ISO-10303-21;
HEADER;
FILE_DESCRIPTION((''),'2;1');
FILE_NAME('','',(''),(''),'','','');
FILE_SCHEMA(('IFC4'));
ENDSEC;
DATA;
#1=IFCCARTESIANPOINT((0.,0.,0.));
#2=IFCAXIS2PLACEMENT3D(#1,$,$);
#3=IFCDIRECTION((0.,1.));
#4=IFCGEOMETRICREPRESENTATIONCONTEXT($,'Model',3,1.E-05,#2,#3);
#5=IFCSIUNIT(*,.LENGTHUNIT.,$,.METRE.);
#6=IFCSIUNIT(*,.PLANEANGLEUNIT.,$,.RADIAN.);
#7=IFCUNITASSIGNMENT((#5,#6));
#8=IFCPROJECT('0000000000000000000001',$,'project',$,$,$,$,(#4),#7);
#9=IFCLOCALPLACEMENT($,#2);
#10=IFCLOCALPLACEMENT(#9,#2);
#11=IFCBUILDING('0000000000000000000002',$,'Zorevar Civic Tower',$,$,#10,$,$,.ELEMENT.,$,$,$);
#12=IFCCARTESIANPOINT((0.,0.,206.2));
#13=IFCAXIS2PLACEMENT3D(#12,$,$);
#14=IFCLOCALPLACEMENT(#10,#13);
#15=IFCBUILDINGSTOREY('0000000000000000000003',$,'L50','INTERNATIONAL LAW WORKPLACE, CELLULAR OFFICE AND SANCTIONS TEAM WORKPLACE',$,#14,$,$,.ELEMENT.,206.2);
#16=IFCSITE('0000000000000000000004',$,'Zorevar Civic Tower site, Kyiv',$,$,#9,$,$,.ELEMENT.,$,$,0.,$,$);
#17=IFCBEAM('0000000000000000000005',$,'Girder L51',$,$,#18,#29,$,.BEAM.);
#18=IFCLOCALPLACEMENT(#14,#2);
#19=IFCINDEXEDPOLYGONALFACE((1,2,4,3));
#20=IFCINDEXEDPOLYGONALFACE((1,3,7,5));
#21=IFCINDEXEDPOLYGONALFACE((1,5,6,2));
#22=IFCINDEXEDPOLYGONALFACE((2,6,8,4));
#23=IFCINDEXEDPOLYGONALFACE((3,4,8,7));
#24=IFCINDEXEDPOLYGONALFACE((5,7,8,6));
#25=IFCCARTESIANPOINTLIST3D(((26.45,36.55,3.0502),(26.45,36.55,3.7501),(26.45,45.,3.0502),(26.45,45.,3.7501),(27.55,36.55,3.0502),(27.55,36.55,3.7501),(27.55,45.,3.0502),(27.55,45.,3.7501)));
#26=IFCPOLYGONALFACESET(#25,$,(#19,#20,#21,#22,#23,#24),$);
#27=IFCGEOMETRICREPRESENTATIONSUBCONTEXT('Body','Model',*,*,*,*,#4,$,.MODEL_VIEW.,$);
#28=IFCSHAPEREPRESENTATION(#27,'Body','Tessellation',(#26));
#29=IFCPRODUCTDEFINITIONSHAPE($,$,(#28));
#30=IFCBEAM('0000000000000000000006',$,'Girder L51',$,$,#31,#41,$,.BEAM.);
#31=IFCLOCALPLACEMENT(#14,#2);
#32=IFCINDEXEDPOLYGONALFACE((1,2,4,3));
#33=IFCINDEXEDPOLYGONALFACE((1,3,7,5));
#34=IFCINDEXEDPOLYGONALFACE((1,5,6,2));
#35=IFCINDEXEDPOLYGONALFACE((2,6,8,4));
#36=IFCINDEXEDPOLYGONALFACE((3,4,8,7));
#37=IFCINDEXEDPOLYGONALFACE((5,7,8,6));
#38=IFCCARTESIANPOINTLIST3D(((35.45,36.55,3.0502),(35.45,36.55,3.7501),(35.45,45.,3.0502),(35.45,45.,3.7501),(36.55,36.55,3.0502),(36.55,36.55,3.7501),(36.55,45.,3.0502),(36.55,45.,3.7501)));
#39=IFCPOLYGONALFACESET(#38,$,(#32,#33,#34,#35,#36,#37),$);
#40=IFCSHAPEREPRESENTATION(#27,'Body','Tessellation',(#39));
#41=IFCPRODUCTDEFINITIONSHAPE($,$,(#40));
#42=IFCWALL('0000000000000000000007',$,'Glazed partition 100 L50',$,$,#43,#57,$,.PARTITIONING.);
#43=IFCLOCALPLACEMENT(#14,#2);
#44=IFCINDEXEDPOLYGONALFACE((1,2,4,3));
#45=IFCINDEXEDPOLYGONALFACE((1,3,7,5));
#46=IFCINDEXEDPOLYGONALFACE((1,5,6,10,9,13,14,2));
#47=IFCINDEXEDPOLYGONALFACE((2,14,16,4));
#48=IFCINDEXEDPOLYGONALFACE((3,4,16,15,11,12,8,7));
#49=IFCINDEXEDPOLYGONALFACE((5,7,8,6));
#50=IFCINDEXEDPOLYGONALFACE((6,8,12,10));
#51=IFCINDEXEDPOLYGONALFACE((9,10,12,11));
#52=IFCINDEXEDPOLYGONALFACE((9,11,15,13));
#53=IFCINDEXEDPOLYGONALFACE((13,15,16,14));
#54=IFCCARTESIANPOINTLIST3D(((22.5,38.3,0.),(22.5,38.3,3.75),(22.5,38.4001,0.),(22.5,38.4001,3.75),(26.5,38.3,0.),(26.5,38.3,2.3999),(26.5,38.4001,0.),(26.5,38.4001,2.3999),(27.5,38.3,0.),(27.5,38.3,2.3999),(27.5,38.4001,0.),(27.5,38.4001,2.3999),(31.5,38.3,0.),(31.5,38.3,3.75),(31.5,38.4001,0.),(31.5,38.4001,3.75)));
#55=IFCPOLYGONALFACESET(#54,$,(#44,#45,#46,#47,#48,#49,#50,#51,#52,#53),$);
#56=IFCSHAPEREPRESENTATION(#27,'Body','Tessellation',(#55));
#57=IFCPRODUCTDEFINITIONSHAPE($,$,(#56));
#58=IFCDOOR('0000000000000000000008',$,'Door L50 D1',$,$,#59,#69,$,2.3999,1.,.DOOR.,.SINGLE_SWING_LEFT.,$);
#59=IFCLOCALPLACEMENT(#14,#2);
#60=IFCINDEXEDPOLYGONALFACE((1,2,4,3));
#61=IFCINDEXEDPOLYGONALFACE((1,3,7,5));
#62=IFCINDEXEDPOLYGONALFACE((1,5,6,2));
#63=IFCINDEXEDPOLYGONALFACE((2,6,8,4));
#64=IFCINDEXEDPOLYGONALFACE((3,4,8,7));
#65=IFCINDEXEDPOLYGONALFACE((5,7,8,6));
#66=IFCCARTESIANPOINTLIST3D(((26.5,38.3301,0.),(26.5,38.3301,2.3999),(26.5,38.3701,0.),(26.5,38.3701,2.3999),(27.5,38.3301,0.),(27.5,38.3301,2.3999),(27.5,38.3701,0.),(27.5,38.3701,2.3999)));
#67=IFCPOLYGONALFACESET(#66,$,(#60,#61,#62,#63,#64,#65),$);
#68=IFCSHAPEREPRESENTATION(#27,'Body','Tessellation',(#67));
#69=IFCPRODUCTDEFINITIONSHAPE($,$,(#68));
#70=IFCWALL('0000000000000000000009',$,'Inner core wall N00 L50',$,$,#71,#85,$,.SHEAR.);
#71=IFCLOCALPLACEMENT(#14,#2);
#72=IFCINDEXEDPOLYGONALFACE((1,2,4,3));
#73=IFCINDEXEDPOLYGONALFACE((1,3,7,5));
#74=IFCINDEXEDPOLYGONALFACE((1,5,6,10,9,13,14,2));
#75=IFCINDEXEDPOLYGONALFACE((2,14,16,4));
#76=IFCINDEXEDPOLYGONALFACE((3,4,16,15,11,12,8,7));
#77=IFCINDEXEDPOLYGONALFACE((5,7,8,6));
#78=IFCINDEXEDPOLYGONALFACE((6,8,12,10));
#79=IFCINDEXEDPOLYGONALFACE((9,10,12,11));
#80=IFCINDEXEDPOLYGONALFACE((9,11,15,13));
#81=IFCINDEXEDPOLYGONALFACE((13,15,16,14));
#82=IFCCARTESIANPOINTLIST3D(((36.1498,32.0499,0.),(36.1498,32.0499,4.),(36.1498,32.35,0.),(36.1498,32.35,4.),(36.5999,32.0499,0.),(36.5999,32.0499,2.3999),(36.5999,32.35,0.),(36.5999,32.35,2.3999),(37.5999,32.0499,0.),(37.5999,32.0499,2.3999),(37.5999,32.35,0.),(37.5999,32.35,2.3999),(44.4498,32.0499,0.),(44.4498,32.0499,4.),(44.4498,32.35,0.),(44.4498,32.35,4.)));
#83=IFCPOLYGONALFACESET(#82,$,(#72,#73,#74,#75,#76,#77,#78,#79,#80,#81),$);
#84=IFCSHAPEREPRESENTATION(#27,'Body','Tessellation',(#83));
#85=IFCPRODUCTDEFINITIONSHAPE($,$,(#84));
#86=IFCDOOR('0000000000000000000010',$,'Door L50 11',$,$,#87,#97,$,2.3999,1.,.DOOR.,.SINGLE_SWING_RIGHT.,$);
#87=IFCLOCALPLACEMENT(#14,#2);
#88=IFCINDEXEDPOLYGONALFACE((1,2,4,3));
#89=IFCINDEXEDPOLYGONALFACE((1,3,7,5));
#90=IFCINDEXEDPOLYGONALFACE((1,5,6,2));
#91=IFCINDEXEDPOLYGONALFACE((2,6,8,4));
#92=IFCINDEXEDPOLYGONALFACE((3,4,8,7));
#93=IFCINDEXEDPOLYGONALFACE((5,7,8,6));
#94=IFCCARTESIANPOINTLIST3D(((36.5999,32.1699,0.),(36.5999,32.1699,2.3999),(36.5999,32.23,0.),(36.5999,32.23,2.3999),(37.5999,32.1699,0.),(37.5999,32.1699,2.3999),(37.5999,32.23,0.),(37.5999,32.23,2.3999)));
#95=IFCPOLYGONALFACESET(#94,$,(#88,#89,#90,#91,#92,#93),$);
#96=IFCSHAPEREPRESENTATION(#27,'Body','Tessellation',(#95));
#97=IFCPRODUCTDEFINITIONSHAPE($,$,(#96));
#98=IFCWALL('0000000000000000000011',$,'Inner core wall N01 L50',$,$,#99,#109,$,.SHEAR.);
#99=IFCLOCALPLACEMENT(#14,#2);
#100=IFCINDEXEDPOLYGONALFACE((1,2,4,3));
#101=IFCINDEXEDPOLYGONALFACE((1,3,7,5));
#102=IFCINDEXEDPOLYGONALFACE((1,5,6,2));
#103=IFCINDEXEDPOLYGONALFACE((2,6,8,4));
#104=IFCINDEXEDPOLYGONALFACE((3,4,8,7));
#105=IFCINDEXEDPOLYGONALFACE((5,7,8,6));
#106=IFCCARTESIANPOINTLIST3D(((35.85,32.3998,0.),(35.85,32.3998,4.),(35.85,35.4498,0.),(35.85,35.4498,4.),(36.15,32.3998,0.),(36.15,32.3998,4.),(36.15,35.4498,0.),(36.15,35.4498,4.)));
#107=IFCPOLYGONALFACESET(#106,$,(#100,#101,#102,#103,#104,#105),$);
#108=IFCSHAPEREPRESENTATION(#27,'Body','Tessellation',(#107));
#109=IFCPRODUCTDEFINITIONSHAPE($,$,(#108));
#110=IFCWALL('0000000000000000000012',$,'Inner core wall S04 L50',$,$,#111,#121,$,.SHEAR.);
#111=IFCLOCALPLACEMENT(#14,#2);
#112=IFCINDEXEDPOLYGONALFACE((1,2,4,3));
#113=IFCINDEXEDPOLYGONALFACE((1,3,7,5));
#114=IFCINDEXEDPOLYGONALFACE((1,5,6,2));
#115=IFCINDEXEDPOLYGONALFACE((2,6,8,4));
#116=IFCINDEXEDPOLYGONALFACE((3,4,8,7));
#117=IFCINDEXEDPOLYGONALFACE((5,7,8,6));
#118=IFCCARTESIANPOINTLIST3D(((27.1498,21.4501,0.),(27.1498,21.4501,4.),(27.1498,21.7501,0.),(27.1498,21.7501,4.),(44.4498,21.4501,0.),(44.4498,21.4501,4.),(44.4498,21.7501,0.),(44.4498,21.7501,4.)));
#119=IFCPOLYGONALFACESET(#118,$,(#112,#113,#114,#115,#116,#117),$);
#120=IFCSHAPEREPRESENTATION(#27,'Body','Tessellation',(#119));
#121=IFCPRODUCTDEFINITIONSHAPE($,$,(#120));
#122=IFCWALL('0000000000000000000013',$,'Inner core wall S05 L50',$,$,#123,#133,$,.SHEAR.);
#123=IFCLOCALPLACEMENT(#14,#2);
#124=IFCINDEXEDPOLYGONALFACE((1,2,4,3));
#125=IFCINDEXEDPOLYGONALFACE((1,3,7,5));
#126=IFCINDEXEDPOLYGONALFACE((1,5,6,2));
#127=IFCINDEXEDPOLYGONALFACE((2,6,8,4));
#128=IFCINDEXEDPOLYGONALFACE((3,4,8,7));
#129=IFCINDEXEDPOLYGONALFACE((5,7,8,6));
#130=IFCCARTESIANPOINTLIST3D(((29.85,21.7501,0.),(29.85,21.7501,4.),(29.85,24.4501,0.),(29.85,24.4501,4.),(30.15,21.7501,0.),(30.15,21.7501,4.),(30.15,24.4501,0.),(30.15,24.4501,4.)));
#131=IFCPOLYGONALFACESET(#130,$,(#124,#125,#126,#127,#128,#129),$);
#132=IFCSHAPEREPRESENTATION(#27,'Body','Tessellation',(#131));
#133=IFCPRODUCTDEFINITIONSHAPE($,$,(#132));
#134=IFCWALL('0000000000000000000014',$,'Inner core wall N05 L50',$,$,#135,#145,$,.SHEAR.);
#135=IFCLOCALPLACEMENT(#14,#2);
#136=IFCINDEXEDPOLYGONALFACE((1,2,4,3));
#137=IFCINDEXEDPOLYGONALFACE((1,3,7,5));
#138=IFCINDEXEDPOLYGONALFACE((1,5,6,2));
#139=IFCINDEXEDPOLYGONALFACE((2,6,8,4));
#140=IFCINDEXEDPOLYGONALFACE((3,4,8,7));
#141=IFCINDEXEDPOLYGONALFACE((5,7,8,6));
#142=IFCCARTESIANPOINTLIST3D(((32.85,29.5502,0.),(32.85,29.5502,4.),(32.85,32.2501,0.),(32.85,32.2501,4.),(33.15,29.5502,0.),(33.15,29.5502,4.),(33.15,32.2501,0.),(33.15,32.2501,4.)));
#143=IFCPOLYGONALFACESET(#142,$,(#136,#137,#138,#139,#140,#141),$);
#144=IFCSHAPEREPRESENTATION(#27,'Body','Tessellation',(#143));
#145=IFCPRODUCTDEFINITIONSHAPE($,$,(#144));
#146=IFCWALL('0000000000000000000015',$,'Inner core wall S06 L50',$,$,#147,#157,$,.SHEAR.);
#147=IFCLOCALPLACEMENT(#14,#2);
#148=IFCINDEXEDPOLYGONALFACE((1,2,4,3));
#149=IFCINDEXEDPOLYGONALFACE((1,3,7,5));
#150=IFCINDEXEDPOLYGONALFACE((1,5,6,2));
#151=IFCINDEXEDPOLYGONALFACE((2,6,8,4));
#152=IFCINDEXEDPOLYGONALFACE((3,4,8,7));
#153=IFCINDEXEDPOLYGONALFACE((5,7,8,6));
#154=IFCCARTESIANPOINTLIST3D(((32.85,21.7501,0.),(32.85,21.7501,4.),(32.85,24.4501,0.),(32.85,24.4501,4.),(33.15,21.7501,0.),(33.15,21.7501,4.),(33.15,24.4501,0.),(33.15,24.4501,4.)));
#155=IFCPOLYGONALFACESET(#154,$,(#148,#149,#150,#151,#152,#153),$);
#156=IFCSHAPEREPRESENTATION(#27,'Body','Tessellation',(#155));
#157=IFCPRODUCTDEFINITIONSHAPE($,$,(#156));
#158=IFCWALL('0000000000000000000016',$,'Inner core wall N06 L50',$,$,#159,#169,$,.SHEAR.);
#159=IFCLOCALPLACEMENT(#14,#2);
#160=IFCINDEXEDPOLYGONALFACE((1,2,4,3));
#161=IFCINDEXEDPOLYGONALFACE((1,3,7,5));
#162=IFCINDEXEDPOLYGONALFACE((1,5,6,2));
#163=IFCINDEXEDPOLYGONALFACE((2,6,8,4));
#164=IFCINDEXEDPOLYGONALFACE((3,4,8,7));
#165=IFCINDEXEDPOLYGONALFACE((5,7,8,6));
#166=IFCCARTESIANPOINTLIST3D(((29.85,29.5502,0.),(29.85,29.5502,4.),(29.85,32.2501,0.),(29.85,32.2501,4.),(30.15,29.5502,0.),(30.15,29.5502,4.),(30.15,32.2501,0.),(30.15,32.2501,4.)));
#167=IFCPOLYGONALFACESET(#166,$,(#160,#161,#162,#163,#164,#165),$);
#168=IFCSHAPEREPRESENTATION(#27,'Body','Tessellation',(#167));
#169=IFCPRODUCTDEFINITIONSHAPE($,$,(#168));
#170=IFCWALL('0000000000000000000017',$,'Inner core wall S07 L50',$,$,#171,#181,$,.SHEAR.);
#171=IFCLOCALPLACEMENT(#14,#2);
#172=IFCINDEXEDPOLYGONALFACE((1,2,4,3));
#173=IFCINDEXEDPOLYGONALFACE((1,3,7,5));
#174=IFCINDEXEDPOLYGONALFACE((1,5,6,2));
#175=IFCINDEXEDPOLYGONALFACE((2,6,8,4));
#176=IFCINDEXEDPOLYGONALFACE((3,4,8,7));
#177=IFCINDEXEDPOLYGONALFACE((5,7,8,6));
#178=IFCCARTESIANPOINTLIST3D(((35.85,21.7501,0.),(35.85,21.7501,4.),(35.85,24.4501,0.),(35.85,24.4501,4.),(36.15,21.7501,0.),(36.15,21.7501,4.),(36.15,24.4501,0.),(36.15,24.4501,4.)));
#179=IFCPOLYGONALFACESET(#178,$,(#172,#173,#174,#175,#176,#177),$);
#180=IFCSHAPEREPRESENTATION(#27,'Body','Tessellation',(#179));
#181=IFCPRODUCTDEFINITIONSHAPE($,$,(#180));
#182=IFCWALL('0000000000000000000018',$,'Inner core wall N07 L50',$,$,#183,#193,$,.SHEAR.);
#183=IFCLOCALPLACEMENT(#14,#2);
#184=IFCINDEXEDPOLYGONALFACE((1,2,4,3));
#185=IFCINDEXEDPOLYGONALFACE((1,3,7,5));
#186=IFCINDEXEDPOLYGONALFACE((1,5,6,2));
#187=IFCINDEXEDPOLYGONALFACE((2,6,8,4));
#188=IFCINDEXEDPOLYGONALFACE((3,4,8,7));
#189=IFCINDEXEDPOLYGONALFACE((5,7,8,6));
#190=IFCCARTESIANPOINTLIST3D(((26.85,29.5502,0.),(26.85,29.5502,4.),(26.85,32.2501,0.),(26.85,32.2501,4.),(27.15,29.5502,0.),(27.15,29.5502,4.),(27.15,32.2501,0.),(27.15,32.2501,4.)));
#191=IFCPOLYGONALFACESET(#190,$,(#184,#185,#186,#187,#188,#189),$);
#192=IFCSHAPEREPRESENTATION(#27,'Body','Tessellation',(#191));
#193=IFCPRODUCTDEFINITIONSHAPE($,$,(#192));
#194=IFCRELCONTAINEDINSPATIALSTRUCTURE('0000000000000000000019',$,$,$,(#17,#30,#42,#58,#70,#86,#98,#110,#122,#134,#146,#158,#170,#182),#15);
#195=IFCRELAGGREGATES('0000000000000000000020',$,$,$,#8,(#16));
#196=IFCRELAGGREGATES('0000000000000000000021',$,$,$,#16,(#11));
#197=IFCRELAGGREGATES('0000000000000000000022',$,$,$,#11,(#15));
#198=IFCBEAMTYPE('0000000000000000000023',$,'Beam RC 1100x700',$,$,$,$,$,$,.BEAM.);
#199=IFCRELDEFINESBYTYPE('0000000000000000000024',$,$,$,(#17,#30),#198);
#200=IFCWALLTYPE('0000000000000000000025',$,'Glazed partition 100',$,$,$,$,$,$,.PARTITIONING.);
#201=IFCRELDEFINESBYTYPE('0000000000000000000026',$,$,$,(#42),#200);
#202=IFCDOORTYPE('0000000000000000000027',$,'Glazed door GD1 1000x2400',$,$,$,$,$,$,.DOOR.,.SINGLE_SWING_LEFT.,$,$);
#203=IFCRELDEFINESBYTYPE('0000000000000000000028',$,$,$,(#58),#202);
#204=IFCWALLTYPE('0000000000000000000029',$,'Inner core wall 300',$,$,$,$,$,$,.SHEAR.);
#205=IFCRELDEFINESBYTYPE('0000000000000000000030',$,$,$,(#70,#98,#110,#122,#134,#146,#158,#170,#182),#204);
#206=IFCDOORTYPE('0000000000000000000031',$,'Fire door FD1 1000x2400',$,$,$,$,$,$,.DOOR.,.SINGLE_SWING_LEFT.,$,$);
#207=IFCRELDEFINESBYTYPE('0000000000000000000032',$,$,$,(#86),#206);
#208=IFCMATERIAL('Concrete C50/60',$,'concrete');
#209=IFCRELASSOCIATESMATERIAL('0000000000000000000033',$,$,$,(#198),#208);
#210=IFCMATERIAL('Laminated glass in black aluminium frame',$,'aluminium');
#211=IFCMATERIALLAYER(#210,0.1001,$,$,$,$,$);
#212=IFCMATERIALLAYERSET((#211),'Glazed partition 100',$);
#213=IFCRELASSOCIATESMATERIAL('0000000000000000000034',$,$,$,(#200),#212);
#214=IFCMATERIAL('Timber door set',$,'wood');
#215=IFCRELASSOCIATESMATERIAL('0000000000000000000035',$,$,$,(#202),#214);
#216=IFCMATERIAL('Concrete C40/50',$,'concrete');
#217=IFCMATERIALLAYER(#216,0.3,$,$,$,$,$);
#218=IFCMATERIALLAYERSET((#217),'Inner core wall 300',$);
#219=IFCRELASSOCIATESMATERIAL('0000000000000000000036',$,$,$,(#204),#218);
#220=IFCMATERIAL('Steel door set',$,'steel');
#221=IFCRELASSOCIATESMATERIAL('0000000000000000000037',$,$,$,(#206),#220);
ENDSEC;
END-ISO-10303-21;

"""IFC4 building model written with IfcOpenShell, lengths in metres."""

from ifc_helpers import new_model, si_unit, direction, frame, frame_2d, origin, origin_2d, place, context, subcontext, project, spatial, rectangle, extrude, material, layer, layer_set, material_profile, profile_set, type_object, element, fill, save


model = new_model("IFC4")

# Units and contexts
model_context = context("Model", 3, precision=1e-05, world=origin(), true_north=direction((0.0, 1.0)))
body_context = subcontext(model_context, "Body", "Model", "MODEL_VIEW")
ifc_project = project(units=[si_unit("LENGTHUNIT", "METRE"), si_unit("PLANEANGLEUNIT", "RADIAN")], contexts=[model_context])

# Site, building, storey
site_placement = place(None, origin())
site = spatial("IfcSite", under=ifc_project, at=site_placement, Name="Zorevar Civic Tower site, Kyiv", CompositionType="ELEMENT", RefElevation=0.0)
building_placement = place(site_placement, origin())
building = spatial("IfcBuilding", under=site, at=building_placement, Name="Zorevar Civic Tower", CompositionType="ELEMENT")
storey_placement = place(building_placement, frame((0.0, 0.0, 206.2)))
storey = spatial("IfcBuildingStorey", under=building, at=storey_placement, Name="L50", Description="INTERNATIONAL LAW WORKPLACE, CELLULAR OFFICE AND SANCTIONS TEAM WORKPLACE", CompositionType="ELEMENT", Elevation=206.2)

# Beams
ifc_material_1 = material(Name="Concrete C50/60", Category="concrete")
ifc_material_profile = material_profile(ifc_material_1, rectangle(XDim=1.1001, YDim=0.7, at=origin_2d()), Name="RC 1100x700")
ifc_profile_set = profile_set([ifc_material_profile], Name="Concrete C50/60")
beam_type = type_object("IfcBeamType", Name="Beam RC 1100x700", PredefinedType="BEAM", material=ifc_profile_set)
for number, where, z_axis, x_axis, name in (
    (1, (27.0, 36.55, 3.4001), (0.0, 1.0, 0.0), (-1.0, 0.0, 0.0), "Girder L51"),
    (2, (36.0, 36.55, 3.4001), (0.0, 1.0, 0.0), (-1.0, 0.0, 0.0), "Girder L51"),
):
    element("IfcBeam", number, at=place(storey_placement, frame(where, z_axis=z_axis, x_axis=x_axis)), inside=storey, type_object=beam_type, Name=name, PredefinedType="BEAM", context=body_context, shape_type="SweptSolid", body=[
        extrude(rectangle(XDim=1.1001, YDim=0.7, at=origin_2d()), origin(), (0.0, 0.0, 1.0), 8.45),
    ])

# Walls, openings, doors
ifc_material_2 = material(Name="Laminated glass in black aluminium frame", Category="aluminium")
ifc_layer_1 = layer(ifc_material_2, 0.1001)
ifc_layer_set_1 = layer_set([ifc_layer_1], Name="Glazed partition 100")
wall_type_1 = type_object("IfcWallType", Name="Glazed partition 100", PredefinedType="PARTITIONING", material=ifc_layer_set_1)
wall_1_placement = place(storey_placement, frame((22.5, 38.3501, 0.0), z_axis=(0.0, 0.0, 1.0), x_axis=(1.0, 0.0, 0.0)))
wall_1 = element("IfcWall", 3, at=wall_1_placement, inside=storey, type_object=wall_type_1, Name="Glazed partition 100 L50", PredefinedType="PARTITIONING", context=body_context, shape_type="SweptSolid", body=[
    extrude(rectangle(XDim=9.0, YDim=0.1001, at=frame_2d((4.5, 0.0))), origin(), (0.0, 0.0, 1.0), 3.75),
])
opening_1_placement = place(wall_1_placement, frame((4.0, 0.0, 0.0)))
opening_1 = element("IfcOpeningElement", 4, at=opening_1_placement, cuts=wall_1, PredefinedType="OPENING", context=body_context, shape_type="SweptSolid", body=[
    extrude(rectangle(XDim=1.0, YDim=2.3999, at=frame_2d((0.5, 1.2))), frame((0.0, 0.0601, 0.0), z_axis=(0.0, -1.0, 0.0), x_axis=(1.0, 0.0, 0.0)), (0.0, 0.0, 1.0), 0.1201),
])
ifc_material_3 = material(Name="Timber door set", Category="wood")
door_type_1 = type_object("IfcDoorType", Name="Glazed door GD1 1000x2400", OperationType="SINGLE_SWING_LEFT", PredefinedType="DOOR", material=ifc_material_3)
door_1_placement = place(opening_1_placement, origin())
door_1 = element("IfcDoor", 5, at=door_1_placement, inside=storey, type_object=door_type_1, Name="Door L50 D1", OperationType="SINGLE_SWING_LEFT", OverallHeight=2.3999, OverallWidth=1.0, PredefinedType="DOOR", context=body_context, shape_type="SweptSolid", body=[
    extrude(rectangle(XDim=1.0, YDim=2.3999, at=frame_2d((0.5, 1.2))), frame((0.0, 0.02, 0.0), z_axis=(0.0, -1.0, 0.0), x_axis=(1.0, 0.0, 0.0)), (0.0, 0.0, 1.0), 0.04),
])
fill(opening_1, door_1)
ifc_material_4 = material(Name="Concrete C40/50", Category="concrete")
ifc_layer_2 = layer(ifc_material_4, 0.3)
ifc_layer_set_2 = layer_set([ifc_layer_2], Name="Inner core wall 300")
wall_type_2 = type_object("IfcWallType", Name="Inner core wall 300", PredefinedType="SHEAR", material=ifc_layer_set_2)
wall_2_placement = place(storey_placement, frame((36.1499, 32.2, 0.0), z_axis=(0.0, 0.0, 1.0), x_axis=(1.0, 0.0, 0.0)))
wall_2 = element("IfcWall", 6, at=wall_2_placement, inside=storey, type_object=wall_type_2, Name="Inner core wall N00 L50", PredefinedType="SHEAR", context=body_context, shape_type="SweptSolid", body=[
    extrude(rectangle(XDim=8.3, YDim=0.3, at=frame_2d((4.1499, 0.0))), origin(), (0.0, 0.0, 1.0), 4.0),
])
opening_2_placement = place(wall_2_placement, frame((0.45, 0.0, 0.0)))
opening_2 = element("IfcOpeningElement", 7, at=opening_2_placement, cuts=wall_2, PredefinedType="OPENING", context=body_context, shape_type="SweptSolid", body=[
    extrude(rectangle(XDim=1.0, YDim=2.3999, at=frame_2d((0.5, 1.2))), frame((0.0, 0.1599, 0.0), z_axis=(0.0, -1.0, 0.0), x_axis=(1.0, 0.0, 0.0)), (0.0, 0.0, 1.0), 0.3201),
])
ifc_material_5 = material(Name="Steel door set", Category="steel")
door_type_2 = type_object("IfcDoorType", Name="Fire door FD1 1000x2400", OperationType="SINGLE_SWING_LEFT", PredefinedType="DOOR", material=ifc_material_5)
door_2_placement = place(opening_2_placement, origin())
door_2 = element("IfcDoor", 8, at=door_2_placement, inside=storey, type_object=door_type_2, Name="Door L50 11", OperationType="SINGLE_SWING_RIGHT", OverallHeight=2.3999, OverallWidth=1.0, PredefinedType="DOOR", context=body_context, shape_type="SweptSolid", body=[
    extrude(rectangle(XDim=1.0, YDim=2.3999, at=frame_2d((0.5, 1.2))), frame((0.0, 0.03, 0.0), z_axis=(0.0, -1.0, 0.0), x_axis=(1.0, 0.0, 0.0)), (0.0, 0.0, 1.0), 0.0601),
])
fill(opening_2, door_2)

# Walls
wall_3_placement = place(storey_placement, frame((36.0, 32.3999, 0.0), z_axis=(0.0, 0.0, 1.0), x_axis=(0.0, 1.0, 0.0)))
element("IfcWall", 9, at=wall_3_placement, inside=storey, type_object=wall_type_2, Name="Inner core wall N01 L50", PredefinedType="SHEAR", context=body_context, shape_type="SweptSolid", body=[
    extrude(rectangle(XDim=3.05, YDim=0.3, at=frame_2d((1.5249, 0.0))), origin(), (0.0, 0.0, 1.0), 4.0),
])
wall_4_placement = place(storey_placement, frame((27.1499, 21.6001, 0.0), z_axis=(0.0, 0.0, 1.0), x_axis=(1.0, 0.0, 0.0)))
element("IfcWall", 10, at=wall_4_placement, inside=storey, type_object=wall_type_2, Name="Inner core wall S04 L50", PredefinedType="SHEAR", context=body_context, shape_type="SweptSolid", body=[
    extrude(rectangle(XDim=17.3, YDim=0.3, at=frame_2d((8.6499, 0.0))), origin(), (0.0, 0.0, 1.0), 4.0),
])
for number, where, z_axis, x_axis, name in (
    (11, (30.0, 21.75, 0.0), (0.0, 0.0, 1.0), (0.0, 1.0, 0.0), "Inner core wall S05 L50"),
    (12, (33.0, 29.55, 0.0), (0.0, 0.0, 1.0), (0.0, 1.0, 0.0), "Inner core wall N05 L50"),
    (13, (33.0, 21.75, 0.0), (0.0, 0.0, 1.0), (0.0, 1.0, 0.0), "Inner core wall S06 L50"),
    (14, (30.0, 29.55, 0.0), (0.0, 0.0, 1.0), (0.0, 1.0, 0.0), "Inner core wall N06 L50"),
    (15, (36.0, 21.75, 0.0), (0.0, 0.0, 1.0), (0.0, 1.0, 0.0), "Inner core wall S07 L50"),
    (16, (27.0, 29.55, 0.0), (0.0, 0.0, 1.0), (0.0, 1.0, 0.0), "Inner core wall N07 L50"),
):
    element("IfcWall", number, at=place(storey_placement, frame(where, z_axis=z_axis, x_axis=x_axis)), inside=storey, type_object=wall_type_2, Name=name, PredefinedType="SHEAR", context=body_context, shape_type="SweptSolid", body=[
        extrude(rectangle(XDim=2.7, YDim=0.3, at=frame_2d((1.3501, 0.0))), origin(), (0.0, 0.0, 1.0), 4.0),
    ])

save(model, "model.ifc")
